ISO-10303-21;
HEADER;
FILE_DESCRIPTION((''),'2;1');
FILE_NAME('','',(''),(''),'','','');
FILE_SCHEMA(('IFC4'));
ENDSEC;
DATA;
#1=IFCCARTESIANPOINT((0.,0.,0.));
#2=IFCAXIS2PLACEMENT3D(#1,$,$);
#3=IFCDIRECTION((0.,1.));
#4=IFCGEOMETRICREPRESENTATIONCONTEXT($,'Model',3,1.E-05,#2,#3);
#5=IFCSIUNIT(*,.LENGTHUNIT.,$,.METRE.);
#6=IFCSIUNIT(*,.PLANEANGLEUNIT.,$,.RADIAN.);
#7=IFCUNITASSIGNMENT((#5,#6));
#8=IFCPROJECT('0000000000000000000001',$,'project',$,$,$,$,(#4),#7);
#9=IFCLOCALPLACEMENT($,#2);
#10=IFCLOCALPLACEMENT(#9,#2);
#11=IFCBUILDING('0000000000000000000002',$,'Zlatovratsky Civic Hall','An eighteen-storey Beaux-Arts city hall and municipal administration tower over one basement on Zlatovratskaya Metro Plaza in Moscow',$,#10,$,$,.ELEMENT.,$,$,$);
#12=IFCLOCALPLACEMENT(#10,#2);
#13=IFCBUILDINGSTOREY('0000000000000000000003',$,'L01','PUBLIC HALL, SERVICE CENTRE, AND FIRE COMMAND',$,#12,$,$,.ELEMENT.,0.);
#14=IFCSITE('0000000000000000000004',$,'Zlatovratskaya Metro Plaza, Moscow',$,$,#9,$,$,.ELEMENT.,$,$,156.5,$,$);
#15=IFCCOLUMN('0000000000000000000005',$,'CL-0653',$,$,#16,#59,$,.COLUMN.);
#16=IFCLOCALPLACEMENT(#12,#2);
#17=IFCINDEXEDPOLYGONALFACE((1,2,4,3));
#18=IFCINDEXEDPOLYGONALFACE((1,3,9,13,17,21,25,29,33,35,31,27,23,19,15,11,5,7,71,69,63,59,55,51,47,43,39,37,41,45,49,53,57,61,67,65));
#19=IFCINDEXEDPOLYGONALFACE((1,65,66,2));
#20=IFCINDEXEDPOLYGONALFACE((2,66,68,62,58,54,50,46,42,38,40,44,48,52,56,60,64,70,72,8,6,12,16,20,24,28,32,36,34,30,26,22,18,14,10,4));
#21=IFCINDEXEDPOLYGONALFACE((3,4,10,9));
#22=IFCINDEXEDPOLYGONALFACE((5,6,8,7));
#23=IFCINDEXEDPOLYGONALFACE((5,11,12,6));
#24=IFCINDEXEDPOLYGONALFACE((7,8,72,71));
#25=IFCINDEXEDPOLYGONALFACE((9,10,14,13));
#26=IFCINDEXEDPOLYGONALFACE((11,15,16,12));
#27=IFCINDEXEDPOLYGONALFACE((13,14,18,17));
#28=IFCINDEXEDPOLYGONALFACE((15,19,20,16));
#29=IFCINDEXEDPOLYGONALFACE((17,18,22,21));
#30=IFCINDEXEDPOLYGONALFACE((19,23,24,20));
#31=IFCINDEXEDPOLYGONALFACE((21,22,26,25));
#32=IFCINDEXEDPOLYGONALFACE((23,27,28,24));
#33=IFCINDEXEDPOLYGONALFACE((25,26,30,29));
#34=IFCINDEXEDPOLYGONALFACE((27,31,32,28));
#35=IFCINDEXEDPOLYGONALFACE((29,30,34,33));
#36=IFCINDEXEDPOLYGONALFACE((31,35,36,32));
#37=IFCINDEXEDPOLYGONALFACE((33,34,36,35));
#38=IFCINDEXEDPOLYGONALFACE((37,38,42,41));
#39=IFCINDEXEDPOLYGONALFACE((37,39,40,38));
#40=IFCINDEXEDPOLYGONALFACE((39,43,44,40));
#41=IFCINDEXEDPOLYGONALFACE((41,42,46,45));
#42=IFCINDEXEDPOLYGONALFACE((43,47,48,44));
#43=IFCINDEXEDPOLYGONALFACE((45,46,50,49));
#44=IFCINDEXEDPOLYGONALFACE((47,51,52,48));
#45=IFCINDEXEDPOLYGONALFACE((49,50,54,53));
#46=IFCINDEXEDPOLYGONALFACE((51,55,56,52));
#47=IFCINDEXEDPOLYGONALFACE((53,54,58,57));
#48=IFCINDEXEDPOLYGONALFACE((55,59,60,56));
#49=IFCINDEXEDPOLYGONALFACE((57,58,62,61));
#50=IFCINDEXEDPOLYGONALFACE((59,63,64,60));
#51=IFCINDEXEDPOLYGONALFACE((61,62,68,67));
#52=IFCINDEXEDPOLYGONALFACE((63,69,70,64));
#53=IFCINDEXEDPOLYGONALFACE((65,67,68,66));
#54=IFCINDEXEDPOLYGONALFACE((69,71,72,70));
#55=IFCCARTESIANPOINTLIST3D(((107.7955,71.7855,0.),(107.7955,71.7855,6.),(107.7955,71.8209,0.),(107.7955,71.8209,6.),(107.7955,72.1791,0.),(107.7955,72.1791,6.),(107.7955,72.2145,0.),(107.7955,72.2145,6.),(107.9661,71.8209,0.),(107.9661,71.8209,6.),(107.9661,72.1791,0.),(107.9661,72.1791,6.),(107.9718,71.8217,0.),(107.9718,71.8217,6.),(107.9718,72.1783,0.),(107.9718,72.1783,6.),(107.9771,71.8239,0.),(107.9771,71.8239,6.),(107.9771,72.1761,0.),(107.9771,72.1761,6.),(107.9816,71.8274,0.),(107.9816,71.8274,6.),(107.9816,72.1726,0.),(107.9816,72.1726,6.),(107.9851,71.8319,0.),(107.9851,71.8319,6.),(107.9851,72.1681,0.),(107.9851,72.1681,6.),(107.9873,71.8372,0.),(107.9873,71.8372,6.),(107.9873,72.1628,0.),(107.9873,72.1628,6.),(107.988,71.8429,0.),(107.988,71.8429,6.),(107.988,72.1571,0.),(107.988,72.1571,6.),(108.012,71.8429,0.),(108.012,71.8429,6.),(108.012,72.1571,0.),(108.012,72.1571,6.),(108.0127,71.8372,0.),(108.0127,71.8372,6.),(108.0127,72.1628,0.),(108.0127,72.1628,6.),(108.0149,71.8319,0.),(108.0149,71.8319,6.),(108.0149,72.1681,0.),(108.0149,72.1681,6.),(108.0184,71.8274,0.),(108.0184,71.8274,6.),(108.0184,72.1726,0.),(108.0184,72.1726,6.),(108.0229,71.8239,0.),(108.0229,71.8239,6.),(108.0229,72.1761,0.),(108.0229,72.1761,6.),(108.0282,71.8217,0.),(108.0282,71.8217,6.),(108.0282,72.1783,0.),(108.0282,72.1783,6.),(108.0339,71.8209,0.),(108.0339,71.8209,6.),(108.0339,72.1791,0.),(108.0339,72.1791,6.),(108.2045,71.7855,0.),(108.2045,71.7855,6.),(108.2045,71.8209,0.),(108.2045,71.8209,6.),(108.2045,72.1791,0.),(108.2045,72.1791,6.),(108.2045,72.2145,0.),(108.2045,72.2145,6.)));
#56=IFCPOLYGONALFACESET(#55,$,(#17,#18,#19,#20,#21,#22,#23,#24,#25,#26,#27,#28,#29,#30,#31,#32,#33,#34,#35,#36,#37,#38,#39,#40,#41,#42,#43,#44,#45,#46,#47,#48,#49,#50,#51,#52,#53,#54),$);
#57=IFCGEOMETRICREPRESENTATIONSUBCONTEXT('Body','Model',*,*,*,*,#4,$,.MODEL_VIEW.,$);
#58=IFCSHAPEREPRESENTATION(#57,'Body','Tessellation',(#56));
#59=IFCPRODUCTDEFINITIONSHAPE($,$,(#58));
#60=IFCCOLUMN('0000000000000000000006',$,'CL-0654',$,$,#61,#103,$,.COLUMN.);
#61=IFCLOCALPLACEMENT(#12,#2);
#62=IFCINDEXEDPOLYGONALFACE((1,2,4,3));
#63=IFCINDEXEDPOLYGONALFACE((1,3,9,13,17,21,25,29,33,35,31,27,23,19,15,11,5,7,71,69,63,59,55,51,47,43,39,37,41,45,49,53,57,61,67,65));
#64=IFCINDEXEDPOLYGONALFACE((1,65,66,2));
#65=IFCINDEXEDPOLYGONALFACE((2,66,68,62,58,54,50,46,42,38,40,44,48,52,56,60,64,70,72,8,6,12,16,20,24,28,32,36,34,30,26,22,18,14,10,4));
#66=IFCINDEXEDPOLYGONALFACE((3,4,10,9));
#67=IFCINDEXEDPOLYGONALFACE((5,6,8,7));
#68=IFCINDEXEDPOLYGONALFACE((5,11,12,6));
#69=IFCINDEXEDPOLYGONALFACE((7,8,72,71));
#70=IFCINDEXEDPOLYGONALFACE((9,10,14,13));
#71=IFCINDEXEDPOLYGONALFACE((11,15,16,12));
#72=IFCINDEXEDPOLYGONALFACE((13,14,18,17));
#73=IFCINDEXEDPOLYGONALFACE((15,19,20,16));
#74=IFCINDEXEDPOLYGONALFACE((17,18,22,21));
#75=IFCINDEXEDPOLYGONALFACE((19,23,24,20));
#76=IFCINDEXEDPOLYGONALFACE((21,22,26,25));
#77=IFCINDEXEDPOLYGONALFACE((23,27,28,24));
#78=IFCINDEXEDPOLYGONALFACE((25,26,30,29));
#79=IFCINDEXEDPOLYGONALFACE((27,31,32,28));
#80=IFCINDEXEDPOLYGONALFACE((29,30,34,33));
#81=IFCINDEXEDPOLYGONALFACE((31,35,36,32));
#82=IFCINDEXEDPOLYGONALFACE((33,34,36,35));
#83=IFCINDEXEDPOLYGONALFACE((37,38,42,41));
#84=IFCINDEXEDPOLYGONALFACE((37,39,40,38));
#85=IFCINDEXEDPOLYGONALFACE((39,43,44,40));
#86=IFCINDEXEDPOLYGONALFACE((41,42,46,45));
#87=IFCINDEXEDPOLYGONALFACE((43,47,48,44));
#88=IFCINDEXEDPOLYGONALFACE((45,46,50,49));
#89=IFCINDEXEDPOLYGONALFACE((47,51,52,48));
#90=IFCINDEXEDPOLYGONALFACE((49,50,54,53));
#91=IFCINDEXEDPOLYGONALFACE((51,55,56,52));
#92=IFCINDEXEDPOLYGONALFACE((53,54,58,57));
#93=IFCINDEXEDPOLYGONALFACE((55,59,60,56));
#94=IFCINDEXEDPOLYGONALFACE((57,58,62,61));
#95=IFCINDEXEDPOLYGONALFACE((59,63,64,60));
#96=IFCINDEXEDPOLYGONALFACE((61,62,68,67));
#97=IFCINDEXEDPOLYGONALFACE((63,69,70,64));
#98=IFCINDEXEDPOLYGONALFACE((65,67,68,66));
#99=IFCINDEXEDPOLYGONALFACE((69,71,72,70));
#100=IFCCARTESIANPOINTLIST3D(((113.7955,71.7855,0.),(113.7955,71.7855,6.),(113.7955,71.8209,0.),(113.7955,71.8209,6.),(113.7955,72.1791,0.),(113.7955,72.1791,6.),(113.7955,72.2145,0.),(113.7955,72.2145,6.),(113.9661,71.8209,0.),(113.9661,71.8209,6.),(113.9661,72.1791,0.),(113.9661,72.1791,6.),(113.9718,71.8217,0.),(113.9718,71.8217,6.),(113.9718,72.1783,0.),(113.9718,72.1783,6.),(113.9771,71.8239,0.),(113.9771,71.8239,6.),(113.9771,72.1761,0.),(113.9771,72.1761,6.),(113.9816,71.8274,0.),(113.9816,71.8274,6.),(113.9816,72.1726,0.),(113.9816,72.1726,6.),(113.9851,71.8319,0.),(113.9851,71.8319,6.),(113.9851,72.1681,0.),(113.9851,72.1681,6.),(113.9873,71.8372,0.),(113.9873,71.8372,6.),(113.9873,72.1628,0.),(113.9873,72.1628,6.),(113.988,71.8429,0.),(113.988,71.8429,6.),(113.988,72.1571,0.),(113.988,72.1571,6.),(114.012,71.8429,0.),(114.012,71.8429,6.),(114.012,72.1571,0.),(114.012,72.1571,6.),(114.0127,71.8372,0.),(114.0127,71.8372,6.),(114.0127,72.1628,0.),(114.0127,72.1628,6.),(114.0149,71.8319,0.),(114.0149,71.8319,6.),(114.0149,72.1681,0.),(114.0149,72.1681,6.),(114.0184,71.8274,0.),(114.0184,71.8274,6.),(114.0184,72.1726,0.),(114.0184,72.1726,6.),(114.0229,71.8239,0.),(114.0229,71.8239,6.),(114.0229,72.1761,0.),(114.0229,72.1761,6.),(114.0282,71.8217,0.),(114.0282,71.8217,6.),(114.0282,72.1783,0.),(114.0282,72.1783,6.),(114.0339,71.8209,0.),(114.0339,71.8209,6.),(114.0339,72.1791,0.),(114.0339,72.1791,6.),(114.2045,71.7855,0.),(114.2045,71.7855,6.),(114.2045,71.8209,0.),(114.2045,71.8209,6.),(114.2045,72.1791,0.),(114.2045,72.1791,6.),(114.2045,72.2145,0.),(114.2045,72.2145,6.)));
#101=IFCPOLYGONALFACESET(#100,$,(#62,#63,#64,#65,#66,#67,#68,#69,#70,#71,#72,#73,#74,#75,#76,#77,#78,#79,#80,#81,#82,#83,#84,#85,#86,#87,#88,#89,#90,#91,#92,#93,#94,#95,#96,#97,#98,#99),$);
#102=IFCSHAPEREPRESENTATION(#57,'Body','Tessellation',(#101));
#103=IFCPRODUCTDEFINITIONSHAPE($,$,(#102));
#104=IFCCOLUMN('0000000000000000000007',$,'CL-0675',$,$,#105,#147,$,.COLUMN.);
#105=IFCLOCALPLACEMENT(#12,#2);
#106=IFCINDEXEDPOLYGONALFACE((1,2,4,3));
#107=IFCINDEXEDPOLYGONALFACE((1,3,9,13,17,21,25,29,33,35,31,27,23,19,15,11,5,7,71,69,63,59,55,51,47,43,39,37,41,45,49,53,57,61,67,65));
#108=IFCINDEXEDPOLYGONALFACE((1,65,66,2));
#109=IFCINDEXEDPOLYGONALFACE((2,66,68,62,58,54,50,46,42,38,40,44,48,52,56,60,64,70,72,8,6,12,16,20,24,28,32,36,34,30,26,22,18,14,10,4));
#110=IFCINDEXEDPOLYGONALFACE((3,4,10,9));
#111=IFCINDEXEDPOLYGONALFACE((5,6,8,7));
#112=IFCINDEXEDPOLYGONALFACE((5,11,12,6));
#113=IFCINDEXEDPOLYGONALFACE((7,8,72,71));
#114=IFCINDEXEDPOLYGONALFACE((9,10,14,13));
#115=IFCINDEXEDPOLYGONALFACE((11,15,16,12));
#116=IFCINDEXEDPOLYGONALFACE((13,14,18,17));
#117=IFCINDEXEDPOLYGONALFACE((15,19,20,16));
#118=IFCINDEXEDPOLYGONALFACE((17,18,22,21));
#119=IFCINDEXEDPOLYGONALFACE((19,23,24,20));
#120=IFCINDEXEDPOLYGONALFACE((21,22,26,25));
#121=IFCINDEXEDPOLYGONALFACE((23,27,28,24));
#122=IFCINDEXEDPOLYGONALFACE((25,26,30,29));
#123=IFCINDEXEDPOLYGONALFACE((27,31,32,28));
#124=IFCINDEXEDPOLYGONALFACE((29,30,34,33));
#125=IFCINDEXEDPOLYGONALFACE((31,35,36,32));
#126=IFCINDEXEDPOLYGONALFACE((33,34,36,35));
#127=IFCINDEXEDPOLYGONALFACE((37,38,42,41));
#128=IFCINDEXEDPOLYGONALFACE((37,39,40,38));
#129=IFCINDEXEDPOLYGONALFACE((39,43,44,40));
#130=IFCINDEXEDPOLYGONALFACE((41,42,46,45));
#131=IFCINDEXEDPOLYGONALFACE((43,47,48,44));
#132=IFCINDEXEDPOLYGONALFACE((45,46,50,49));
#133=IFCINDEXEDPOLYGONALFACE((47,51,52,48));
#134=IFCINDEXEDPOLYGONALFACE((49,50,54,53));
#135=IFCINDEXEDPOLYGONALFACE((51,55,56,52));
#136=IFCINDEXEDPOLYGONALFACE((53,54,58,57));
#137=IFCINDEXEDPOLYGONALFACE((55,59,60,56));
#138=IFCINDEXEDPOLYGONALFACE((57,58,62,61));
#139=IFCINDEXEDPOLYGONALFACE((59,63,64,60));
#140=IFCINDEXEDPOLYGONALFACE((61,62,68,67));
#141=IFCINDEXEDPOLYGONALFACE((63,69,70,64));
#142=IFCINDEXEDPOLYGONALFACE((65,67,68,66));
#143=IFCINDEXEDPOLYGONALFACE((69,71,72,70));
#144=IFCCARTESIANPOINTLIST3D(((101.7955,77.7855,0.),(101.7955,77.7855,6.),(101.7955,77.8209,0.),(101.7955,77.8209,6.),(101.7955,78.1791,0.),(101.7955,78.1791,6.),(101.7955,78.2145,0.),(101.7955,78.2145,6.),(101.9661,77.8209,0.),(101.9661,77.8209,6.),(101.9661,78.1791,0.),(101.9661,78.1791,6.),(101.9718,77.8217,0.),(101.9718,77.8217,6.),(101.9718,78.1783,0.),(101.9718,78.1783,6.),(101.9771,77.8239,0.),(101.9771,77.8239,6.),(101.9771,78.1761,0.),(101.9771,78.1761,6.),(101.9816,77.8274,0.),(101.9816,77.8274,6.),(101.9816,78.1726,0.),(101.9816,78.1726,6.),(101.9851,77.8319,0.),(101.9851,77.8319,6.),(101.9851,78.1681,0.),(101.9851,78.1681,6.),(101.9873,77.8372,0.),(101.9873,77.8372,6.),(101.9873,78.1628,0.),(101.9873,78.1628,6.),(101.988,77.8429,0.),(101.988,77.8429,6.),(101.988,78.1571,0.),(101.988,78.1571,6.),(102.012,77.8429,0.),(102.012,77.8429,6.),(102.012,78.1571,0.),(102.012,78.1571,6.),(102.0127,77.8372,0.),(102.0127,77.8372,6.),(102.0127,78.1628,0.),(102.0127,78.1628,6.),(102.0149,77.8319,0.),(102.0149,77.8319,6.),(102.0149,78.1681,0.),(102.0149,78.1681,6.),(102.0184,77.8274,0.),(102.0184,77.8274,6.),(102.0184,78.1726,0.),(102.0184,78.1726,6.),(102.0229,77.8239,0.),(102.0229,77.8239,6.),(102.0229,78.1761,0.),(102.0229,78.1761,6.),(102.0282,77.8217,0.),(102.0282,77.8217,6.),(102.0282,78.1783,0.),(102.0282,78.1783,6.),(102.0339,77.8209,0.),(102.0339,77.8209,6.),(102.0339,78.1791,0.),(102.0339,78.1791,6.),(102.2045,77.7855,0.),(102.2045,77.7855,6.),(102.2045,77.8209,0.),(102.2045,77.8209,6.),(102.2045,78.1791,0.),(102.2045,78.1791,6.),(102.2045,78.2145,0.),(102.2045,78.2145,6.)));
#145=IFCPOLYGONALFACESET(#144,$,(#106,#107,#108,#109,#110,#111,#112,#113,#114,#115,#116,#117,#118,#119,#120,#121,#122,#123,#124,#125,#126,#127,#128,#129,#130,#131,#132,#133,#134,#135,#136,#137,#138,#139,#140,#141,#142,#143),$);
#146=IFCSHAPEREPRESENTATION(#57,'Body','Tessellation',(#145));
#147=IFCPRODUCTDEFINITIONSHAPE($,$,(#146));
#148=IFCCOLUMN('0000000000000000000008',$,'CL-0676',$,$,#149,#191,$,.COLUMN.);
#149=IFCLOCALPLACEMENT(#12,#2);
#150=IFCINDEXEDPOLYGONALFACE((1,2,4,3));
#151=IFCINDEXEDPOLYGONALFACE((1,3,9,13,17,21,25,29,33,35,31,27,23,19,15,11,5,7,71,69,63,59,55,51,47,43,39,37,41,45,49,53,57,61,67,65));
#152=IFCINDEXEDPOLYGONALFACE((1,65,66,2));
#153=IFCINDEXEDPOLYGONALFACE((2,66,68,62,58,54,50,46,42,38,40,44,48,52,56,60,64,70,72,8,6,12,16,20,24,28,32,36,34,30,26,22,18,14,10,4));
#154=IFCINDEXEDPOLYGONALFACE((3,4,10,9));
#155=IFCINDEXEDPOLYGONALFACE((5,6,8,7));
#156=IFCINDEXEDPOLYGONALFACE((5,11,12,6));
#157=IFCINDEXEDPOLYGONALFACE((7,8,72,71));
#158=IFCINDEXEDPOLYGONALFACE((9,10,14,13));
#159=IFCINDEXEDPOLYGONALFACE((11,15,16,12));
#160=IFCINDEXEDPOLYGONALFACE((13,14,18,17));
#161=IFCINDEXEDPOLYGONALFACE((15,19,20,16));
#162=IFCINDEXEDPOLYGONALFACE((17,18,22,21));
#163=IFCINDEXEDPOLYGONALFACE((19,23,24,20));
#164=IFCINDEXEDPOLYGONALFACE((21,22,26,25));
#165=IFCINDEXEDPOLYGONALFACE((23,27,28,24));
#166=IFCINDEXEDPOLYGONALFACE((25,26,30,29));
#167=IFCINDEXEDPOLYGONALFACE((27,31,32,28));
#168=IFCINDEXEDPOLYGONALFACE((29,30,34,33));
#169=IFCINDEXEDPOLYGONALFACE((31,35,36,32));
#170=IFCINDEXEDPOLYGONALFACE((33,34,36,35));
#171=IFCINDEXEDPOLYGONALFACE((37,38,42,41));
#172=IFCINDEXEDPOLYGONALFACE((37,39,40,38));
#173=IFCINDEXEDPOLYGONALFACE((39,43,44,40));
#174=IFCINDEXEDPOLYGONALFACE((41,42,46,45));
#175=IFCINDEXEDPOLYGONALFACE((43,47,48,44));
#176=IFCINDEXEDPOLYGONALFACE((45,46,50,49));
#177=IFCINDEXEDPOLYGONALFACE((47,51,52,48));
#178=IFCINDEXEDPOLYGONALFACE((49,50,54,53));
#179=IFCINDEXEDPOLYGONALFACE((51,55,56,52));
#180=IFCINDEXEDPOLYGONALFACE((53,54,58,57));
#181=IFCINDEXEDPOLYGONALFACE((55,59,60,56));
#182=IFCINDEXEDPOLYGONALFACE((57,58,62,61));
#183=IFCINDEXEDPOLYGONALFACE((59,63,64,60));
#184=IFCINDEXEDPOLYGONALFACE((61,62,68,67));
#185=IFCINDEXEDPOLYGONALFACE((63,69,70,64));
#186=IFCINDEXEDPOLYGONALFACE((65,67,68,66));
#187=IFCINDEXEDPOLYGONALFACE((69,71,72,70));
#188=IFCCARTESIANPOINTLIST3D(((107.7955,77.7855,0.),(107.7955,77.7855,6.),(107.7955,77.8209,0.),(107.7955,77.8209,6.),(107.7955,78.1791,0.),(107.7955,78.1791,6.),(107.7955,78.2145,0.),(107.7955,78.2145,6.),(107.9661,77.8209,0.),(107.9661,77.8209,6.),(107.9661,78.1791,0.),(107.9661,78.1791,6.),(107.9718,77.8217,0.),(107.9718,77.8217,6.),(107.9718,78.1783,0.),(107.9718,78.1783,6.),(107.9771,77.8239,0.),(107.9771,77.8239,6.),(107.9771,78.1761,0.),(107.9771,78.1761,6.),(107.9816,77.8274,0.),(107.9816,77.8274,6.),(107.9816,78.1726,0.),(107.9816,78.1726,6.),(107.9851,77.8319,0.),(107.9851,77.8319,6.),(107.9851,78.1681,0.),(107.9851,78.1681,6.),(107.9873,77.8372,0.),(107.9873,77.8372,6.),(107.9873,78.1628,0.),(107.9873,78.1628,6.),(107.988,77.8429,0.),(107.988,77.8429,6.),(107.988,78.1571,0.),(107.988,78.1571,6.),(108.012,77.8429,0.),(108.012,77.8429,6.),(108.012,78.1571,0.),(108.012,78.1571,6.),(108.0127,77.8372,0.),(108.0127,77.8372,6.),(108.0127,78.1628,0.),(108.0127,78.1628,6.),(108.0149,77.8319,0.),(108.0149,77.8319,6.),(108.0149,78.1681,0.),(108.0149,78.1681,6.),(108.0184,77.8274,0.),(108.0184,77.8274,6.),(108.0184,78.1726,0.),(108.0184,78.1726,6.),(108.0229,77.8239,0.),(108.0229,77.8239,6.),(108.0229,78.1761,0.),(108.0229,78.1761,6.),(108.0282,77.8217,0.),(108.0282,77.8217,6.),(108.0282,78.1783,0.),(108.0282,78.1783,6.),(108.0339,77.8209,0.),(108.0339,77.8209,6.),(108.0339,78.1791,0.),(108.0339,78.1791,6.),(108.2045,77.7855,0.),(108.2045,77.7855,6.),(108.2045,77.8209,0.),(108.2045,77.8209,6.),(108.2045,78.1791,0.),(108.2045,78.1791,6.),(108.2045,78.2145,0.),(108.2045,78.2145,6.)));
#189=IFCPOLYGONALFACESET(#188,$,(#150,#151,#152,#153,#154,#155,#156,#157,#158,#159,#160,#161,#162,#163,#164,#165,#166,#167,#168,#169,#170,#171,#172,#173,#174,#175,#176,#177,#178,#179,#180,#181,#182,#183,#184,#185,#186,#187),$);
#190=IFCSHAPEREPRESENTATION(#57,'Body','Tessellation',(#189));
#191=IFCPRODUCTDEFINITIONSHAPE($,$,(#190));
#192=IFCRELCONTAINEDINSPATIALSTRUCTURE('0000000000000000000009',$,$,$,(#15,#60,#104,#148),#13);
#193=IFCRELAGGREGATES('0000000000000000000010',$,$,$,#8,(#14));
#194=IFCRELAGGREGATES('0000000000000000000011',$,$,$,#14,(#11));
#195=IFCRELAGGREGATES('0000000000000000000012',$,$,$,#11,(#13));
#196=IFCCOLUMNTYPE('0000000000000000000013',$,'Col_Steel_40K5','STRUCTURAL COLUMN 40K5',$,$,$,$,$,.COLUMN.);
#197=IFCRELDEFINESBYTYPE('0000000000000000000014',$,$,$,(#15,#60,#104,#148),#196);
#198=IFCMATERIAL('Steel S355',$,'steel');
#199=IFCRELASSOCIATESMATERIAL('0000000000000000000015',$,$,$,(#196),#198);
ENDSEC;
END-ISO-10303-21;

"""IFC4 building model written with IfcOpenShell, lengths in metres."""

from ifc_helpers import new_model, si_unit, direction, frame, origin, origin_2d, place, context, subcontext, project, spatial, i_section, extrude, material, material_profile, profile_set, type_object, element, save


model = new_model("IFC4")

# Units and contexts
model_context = context("Model", 3, precision=1e-05, world=origin(), true_north=direction((0.0, 1.0)))
body_context = subcontext(model_context, "Body", "Model", "MODEL_VIEW")
ifc_project = project(units=[si_unit("LENGTHUNIT", "METRE"), si_unit("PLANEANGLEUNIT", "RADIAN")], contexts=[model_context])

# Site, building, storey
site_placement = place(None, origin())
site = spatial("IfcSite", under=ifc_project, at=site_placement, Name="Zlatovratskaya Metro Plaza, Moscow", CompositionType="ELEMENT", RefElevation=156.5)
building_placement = place(site_placement, origin())
building = spatial("IfcBuilding", under=site, at=building_placement, Name="Zlatovratsky Civic Hall", Description="An eighteen-storey Beaux-Arts city hall and municipal administration tower over one basement on Zlatovratskaya Metro Plaza in Moscow", CompositionType="ELEMENT")
storey_placement = place(building_placement, origin())
storey = spatial("IfcBuildingStorey", under=building, at=storey_placement, Name="L01", Description="PUBLIC HALL, SERVICE CENTRE, AND FIRE COMMAND", CompositionType="ELEMENT", Elevation=0.0)

# Columns
ifc_material_1 = material(Name="Steel S355", Category="steel")
ifc_material_profile_1 = material_profile(ifc_material_1, i_section(OverallWidth=0.4089, OverallDepth=0.429, WebThickness=0.0239, FlangeThickness=0.0354, FilletRadius=0.022, at=origin_2d()), Name="40K5")
ifc_profile_set_1 = profile_set([ifc_material_profile_1], Name="Steel S355")
column_type_1 = type_object("IfcColumnType", Name="Col_Steel_40K5", Description="STRUCTURAL COLUMN 40K5", PredefinedType="COLUMN", material=ifc_profile_set_1)
for number, where, z_axis, x_axis, name in (
    (1, (108.0, 72.0, 0.0), (0.0, 0.0, 1.0), (1.0, 0.0, 0.0), "CL-0653"),
    (2, (114.0, 72.0, 0.0), (0.0, 0.0, 1.0), (1.0, 0.0, 0.0), "CL-0654"),
    (3, (102.0, 78.0, 0.0), (0.0, 0.0, 1.0), (1.0, 0.0, 0.0), "CL-0675"),
    (4, (108.0, 78.0, 0.0), (0.0, 0.0, 1.0), (1.0, 0.0, 0.0), "CL-0676"),
):
    element("IfcColumn", number, at=place(storey_placement, frame(where, z_axis=z_axis, x_axis=x_axis)), inside=storey, type_object=column_type_1, Name=name, PredefinedType="COLUMN", context=body_context, shape_type="SweptSolid", body=[
        extrude(i_section(OverallWidth=0.4089, OverallDepth=0.429, WebThickness=0.0239, FlangeThickness=0.0354, FilletRadius=0.022, at=origin_2d()), origin(), (0.0, 0.0, 1.0), 6.0),
    ])

save(model, "model.ifc")
